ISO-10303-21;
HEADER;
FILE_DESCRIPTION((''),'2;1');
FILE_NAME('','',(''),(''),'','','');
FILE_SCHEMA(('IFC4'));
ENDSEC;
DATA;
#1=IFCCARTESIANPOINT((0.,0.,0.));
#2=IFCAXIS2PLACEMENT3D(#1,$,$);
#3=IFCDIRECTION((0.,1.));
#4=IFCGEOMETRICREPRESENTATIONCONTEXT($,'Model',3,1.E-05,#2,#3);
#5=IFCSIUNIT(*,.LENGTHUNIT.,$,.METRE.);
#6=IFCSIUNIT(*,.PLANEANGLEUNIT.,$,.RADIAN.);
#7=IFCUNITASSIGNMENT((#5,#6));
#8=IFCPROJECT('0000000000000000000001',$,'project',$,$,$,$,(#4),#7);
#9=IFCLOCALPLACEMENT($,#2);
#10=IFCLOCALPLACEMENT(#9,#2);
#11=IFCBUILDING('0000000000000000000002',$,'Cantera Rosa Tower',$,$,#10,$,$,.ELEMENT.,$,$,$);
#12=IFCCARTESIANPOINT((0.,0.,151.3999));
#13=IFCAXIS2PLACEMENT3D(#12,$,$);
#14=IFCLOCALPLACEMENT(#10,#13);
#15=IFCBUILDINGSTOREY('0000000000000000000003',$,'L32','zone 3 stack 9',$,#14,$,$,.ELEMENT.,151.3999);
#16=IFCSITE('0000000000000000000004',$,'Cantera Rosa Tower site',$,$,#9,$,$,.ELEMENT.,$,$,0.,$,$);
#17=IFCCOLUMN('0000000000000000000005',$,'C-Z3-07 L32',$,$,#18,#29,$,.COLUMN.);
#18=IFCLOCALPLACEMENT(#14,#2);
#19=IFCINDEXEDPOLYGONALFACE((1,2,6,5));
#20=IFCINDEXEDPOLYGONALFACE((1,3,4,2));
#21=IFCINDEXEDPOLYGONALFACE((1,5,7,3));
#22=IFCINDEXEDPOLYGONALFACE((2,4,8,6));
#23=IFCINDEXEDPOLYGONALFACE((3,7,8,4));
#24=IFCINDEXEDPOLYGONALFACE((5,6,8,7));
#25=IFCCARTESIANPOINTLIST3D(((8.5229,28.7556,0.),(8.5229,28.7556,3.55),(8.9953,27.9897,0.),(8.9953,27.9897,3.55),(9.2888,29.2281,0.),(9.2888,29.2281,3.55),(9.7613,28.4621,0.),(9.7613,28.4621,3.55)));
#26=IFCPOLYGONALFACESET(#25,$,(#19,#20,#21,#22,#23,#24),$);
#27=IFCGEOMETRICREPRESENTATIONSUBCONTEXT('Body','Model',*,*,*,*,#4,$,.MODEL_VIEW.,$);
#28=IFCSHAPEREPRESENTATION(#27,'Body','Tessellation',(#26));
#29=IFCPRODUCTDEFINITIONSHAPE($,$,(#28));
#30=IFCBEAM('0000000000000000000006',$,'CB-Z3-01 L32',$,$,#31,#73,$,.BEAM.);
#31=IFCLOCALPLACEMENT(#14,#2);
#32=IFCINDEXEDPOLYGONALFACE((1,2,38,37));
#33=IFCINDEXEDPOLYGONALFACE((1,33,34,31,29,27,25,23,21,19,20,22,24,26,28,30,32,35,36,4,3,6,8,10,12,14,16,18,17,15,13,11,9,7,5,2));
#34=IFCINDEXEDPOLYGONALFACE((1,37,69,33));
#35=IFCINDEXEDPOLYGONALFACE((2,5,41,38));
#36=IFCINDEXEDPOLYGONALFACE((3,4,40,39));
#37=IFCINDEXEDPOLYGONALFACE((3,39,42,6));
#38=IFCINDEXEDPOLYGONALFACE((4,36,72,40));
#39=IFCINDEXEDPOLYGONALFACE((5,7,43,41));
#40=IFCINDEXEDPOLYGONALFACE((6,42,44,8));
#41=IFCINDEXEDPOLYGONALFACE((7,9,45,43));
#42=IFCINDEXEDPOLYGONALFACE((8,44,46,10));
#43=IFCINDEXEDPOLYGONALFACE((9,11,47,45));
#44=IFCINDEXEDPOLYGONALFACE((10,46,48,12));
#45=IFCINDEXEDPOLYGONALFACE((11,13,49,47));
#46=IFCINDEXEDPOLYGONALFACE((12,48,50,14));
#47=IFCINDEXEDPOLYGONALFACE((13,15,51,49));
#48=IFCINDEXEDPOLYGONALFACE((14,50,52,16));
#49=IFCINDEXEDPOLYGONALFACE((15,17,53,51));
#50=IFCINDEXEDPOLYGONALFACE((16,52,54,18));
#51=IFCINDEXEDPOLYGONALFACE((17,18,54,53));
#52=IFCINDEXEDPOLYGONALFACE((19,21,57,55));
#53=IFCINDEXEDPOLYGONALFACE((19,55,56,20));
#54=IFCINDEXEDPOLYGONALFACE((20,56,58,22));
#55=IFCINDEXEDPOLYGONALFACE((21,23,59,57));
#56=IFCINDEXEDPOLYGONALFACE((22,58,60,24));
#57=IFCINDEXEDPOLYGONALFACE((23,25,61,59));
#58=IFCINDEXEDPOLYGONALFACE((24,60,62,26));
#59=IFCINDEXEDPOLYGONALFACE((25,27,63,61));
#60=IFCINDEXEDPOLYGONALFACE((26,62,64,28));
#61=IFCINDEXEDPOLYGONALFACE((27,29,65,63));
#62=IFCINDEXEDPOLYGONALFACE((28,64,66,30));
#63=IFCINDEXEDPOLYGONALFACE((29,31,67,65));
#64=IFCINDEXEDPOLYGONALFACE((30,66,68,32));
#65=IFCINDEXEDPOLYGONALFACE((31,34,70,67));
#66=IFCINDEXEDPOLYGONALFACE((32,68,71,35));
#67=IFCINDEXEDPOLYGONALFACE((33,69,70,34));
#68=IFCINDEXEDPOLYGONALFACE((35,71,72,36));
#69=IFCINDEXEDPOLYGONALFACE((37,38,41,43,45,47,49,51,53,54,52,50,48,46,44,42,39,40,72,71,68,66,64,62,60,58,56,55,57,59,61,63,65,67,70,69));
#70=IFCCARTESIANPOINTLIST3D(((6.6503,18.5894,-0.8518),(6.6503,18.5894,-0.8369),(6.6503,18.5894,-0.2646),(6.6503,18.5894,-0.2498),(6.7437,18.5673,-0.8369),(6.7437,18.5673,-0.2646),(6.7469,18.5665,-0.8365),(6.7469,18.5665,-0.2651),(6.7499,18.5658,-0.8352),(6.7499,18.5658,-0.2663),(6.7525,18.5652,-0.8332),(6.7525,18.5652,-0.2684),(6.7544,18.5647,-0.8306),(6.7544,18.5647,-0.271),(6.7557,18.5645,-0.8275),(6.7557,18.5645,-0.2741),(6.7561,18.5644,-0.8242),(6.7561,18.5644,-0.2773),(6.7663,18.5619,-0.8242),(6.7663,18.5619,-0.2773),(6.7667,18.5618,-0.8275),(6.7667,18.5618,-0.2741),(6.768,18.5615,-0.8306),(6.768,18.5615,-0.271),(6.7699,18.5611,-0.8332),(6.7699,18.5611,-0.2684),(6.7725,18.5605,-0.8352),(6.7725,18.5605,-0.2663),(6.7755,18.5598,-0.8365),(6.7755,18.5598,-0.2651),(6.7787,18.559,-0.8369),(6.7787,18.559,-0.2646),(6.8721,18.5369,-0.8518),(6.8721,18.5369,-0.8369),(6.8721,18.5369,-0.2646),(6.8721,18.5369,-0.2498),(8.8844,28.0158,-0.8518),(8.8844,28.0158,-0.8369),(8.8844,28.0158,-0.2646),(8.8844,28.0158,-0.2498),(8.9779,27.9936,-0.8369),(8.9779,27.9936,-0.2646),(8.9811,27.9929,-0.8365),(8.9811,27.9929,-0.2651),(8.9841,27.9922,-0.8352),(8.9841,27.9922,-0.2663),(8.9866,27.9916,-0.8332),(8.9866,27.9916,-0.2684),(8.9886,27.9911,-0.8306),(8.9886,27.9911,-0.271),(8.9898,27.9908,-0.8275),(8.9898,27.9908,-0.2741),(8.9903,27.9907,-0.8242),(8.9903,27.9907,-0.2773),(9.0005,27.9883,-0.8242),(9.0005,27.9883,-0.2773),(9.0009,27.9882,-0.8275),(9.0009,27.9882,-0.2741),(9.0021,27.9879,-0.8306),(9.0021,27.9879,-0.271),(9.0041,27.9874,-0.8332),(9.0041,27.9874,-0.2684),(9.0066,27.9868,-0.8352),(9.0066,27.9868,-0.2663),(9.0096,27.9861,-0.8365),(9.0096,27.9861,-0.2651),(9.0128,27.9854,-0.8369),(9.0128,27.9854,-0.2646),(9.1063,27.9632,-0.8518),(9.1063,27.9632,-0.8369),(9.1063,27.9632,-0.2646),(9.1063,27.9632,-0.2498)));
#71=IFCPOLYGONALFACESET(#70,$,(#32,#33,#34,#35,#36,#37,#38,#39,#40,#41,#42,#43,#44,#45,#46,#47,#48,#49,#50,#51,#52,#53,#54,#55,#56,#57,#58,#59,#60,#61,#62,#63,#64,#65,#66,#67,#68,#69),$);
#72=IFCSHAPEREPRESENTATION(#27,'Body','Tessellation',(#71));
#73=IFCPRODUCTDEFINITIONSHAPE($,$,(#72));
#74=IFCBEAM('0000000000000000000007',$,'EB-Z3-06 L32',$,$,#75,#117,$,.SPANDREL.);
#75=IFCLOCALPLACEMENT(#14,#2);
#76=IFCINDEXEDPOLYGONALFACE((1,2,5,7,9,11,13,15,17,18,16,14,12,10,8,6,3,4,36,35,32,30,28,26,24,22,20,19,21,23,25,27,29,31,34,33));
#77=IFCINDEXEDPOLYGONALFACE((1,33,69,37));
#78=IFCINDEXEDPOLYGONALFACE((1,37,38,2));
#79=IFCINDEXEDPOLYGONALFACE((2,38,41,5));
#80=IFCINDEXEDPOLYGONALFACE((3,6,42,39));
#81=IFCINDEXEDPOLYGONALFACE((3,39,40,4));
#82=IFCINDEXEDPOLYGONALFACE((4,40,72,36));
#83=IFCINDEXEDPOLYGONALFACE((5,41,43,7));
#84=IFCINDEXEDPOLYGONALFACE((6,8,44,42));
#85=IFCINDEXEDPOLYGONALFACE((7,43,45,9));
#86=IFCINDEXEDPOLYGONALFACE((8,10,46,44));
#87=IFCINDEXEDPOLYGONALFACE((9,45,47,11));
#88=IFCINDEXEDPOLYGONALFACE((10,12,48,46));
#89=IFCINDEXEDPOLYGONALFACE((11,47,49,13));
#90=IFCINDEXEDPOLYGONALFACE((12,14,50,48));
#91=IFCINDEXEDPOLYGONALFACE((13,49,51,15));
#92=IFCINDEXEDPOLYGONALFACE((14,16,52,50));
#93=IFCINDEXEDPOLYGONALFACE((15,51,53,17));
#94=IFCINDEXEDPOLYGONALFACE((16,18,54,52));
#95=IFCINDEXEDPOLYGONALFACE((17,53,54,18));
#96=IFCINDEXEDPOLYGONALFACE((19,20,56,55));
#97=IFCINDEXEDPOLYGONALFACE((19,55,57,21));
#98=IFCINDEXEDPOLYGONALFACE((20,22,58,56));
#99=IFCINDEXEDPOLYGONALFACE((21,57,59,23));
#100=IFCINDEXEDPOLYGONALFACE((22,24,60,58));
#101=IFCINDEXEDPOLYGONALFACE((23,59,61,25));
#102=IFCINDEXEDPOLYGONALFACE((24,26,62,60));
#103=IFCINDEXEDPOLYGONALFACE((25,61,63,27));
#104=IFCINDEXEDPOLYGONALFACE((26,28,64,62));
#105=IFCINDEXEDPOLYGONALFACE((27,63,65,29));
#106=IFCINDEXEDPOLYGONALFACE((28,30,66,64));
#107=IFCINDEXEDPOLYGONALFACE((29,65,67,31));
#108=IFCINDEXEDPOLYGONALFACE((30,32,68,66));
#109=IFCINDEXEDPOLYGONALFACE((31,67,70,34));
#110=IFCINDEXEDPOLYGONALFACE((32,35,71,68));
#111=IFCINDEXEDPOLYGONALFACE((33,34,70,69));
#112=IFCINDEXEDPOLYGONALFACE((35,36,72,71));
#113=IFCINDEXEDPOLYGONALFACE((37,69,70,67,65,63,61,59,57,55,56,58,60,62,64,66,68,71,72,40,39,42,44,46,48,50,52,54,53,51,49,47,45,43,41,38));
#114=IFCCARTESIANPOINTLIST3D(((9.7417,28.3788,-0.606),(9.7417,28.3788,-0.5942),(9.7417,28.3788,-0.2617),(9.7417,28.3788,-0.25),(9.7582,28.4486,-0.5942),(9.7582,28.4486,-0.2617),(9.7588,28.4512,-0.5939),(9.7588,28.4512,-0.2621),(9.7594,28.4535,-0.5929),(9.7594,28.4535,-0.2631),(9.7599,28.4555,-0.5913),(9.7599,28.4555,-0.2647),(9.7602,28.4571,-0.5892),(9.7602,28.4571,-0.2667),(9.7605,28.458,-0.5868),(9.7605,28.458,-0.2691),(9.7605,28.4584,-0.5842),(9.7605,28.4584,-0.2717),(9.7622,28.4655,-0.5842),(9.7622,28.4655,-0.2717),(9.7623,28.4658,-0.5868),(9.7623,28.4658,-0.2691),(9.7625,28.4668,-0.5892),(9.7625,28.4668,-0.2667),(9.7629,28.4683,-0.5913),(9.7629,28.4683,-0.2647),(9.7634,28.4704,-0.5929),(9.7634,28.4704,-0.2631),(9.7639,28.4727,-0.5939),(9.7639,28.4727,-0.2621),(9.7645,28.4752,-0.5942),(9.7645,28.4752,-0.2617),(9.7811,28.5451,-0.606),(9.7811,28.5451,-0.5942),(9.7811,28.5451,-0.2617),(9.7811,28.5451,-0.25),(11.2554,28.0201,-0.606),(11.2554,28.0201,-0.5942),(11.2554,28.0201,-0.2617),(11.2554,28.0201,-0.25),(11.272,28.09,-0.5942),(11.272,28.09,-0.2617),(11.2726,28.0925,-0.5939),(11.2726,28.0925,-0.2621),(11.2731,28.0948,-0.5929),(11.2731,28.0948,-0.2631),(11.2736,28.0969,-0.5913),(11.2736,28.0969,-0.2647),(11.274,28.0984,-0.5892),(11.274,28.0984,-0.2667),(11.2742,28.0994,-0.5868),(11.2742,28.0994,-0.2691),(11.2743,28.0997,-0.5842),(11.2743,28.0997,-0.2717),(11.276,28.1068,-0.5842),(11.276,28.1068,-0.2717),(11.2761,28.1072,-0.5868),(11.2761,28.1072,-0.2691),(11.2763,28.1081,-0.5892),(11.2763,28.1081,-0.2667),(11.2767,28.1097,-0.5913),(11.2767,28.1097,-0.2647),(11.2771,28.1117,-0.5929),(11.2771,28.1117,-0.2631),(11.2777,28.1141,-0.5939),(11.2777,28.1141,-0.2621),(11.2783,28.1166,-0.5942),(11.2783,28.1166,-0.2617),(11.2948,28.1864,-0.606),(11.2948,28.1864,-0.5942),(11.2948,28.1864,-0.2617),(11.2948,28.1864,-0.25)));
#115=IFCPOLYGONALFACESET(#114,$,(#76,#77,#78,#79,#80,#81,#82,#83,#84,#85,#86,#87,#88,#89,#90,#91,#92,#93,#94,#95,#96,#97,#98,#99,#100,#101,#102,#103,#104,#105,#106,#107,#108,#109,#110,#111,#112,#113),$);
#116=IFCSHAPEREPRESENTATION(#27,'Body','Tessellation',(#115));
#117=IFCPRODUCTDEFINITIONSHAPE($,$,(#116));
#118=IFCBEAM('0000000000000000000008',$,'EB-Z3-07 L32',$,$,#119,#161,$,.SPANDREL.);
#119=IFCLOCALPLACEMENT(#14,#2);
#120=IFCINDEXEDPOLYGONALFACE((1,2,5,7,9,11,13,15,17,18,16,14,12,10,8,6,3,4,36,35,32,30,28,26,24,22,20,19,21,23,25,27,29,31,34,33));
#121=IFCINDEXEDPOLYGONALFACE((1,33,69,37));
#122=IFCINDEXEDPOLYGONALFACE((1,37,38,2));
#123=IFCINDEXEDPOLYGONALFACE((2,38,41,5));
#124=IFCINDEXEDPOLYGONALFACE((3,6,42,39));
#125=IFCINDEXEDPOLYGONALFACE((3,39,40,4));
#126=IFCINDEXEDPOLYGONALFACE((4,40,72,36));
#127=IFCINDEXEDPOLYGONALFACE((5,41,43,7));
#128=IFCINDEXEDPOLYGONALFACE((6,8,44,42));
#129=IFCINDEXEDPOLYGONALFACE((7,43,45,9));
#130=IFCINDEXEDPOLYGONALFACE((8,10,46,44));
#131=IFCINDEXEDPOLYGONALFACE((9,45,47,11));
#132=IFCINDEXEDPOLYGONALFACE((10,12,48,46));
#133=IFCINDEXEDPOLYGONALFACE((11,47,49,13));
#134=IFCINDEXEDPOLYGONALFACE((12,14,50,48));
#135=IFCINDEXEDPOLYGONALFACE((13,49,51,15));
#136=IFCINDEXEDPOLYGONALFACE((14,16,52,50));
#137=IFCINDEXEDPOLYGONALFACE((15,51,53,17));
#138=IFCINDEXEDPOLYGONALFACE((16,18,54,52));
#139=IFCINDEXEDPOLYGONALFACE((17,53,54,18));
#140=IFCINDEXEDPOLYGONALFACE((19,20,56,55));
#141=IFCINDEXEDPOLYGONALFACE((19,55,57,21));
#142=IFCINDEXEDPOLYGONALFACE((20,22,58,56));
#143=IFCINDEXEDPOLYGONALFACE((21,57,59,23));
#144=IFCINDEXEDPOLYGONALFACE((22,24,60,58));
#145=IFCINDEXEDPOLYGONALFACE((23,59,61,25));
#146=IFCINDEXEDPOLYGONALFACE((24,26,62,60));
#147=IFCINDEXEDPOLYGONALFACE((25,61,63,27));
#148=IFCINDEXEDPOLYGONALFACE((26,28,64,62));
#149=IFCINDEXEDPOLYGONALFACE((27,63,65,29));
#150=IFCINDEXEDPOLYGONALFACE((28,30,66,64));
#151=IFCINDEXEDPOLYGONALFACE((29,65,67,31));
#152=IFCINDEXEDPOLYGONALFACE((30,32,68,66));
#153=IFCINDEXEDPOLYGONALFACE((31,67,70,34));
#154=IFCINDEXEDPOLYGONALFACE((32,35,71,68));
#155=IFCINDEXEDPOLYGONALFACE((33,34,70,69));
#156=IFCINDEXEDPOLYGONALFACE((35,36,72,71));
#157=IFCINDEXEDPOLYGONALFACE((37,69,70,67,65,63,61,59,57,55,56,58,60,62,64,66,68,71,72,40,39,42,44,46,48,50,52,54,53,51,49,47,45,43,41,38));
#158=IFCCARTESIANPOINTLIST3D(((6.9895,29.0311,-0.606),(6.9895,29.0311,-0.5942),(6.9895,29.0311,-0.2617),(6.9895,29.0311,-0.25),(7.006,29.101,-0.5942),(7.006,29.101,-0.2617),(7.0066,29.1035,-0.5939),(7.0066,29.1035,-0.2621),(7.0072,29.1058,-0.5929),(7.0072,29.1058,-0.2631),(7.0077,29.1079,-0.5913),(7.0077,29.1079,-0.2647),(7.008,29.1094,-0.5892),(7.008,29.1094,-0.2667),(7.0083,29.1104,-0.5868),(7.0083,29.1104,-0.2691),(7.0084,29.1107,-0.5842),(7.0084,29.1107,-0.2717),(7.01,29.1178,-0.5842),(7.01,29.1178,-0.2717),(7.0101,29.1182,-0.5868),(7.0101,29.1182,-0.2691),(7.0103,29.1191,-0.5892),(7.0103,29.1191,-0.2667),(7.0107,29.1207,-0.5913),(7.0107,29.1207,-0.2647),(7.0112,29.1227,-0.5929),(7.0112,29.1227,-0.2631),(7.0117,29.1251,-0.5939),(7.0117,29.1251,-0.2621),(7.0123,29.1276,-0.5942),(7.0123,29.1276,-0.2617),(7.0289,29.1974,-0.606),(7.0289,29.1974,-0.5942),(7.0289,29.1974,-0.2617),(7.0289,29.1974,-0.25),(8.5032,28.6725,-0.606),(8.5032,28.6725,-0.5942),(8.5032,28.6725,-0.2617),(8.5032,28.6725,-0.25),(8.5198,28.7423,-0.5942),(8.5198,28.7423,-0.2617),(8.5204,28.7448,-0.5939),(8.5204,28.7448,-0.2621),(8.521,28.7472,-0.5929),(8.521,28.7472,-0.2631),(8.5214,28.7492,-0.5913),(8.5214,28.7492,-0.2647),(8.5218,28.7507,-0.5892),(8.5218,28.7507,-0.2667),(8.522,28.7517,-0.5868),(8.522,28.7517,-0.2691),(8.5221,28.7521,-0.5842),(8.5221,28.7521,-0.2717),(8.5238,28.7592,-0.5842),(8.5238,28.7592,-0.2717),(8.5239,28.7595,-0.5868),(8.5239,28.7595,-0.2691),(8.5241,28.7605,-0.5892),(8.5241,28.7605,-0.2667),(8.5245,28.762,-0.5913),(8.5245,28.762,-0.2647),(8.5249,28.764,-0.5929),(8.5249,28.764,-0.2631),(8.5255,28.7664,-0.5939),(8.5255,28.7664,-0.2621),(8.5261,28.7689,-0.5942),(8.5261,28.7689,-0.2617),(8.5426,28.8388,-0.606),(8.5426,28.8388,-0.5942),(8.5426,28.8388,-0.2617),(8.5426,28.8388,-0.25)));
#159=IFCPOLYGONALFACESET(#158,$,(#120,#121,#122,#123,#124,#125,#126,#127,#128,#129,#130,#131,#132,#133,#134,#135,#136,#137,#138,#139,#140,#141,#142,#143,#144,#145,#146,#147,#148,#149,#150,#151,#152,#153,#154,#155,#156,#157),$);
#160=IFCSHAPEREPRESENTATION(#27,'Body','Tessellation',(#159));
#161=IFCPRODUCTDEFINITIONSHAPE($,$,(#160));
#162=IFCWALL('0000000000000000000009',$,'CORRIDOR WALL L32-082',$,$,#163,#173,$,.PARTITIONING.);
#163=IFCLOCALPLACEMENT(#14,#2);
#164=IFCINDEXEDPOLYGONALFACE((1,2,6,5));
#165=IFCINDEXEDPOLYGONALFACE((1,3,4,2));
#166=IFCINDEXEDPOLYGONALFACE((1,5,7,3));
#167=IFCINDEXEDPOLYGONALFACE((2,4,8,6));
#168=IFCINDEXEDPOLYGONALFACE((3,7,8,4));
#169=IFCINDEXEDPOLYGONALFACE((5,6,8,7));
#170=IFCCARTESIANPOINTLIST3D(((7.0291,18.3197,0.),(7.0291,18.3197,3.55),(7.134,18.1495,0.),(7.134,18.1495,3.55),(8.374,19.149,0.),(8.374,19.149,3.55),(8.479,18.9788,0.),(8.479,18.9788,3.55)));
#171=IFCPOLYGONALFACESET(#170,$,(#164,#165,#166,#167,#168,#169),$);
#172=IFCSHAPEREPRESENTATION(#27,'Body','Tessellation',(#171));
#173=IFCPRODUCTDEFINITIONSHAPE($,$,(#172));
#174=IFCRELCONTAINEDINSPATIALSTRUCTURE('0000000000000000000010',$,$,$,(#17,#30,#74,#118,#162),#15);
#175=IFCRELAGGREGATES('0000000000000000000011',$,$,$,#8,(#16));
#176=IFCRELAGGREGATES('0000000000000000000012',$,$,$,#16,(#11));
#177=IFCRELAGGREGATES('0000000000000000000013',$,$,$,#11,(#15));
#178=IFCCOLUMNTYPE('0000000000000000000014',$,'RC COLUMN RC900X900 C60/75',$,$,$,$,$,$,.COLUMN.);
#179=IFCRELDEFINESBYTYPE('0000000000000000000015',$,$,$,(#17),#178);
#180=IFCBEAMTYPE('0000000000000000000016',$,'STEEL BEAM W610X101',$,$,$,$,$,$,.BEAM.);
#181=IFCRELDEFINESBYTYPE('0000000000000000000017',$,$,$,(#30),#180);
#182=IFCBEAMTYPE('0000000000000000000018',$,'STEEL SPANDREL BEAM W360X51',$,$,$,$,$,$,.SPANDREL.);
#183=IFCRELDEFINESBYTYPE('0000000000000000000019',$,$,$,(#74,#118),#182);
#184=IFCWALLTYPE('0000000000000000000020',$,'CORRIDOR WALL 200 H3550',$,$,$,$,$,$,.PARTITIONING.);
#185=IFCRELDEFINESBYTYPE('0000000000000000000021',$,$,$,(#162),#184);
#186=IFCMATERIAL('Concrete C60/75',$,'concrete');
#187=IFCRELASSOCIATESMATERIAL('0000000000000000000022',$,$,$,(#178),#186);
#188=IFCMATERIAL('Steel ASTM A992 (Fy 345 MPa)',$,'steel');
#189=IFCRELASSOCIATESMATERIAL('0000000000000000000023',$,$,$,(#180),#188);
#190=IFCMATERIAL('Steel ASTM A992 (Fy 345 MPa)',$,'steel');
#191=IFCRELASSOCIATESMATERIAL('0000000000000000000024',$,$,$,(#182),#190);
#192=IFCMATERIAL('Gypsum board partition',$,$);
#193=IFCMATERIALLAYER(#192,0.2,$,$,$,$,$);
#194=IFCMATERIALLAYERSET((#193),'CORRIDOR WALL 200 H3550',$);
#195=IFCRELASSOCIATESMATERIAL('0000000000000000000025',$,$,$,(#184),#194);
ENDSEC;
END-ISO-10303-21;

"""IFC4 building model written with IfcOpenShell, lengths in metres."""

from ifc_helpers import new_model, si_unit, direction, frame, frame_2d, origin, origin_2d, place, context, subcontext, project, spatial, rectangle, i_section, extrude, material, layer, layer_set, material_profile, profile_set, type_object, element, save


model = new_model("IFC4")

# Units and contexts
model_context = context("Model", 3, precision=1e-05, world=origin(), true_north=direction((0.0, 1.0)))
body_context = subcontext(model_context, "Body", "Model", "MODEL_VIEW")
ifc_project = project(units=[si_unit("LENGTHUNIT", "METRE"), si_unit("PLANEANGLEUNIT", "RADIAN")], contexts=[model_context])

# Site, building, storey
site_placement = place(None, origin())
site = spatial("IfcSite", under=ifc_project, at=site_placement, Name="Cantera Rosa Tower site", CompositionType="ELEMENT", RefElevation=0.0)
building_placement = place(site_placement, origin())
building = spatial("IfcBuilding", under=site, at=building_placement, Name="Cantera Rosa Tower", CompositionType="ELEMENT")
storey_placement = place(building_placement, frame((0.0, 0.0, 151.3999)))
storey = spatial("IfcBuildingStorey", under=building, at=storey_placement, Name="L32", Description="zone 3 stack 9", CompositionType="ELEMENT", Elevation=151.3999)

# Column
ifc_material_1 = material(Name="Concrete C60/75", Category="concrete")
ifc_material_profile_1 = material_profile(ifc_material_1, rectangle(XDim=0.8999, YDim=0.8999, at=origin_2d()), Name="RC COLUMN RC900X900 C60/75")
ifc_profile_set_1 = profile_set([ifc_material_profile_1], Name="Concrete C60/75")
column_type = type_object("IfcColumnType", Name="RC COLUMN RC900X900 C60/75", PredefinedType="COLUMN", material=ifc_profile_set_1)
column_placement = place(storey_placement, frame((9.1421, 28.6089, 0.0), z_axis=(0.0, 0.0, 1.0), x_axis=(0.851117, 0.524977, 0.0)))
element("IfcColumn", 1, at=column_placement, inside=storey, type_object=column_type, Name="C-Z3-07 L32", PredefinedType="COLUMN", context=body_context, shape_type="SweptSolid", body=[
    extrude(rectangle(XDim=0.8999, YDim=0.8999, at=origin_2d()), origin(), (0.0, 0.0, 1.0), 3.55),
])

# Beams
ifc_material_2 = material(Name="Steel ASTM A992 (Fy 345 MPa)", Category="steel")
ifc_material_profile_2 = material_profile(ifc_material_2, i_section(OverallWidth=0.228, OverallDepth=0.6021, WebThickness=0.0105, FlangeThickness=0.0149, FilletRadius=0.0127, at=origin_2d()), Name="W610X101")
ifc_profile_set_2 = profile_set([ifc_material_profile_2], Name="Steel ASTM A992 (Fy 345 MPa)")
beam_type_1 = type_object("IfcBeamType", Name="STEEL BEAM W610X101", PredefinedType="BEAM", material=ifc_profile_set_2)
beam_placement = place(storey_placement, frame((8.9954, 27.9895, -0.5508), z_axis=(-0.230622, -0.973043, 0.0), x_axis=(0.973043, -0.230622, 0.0)))
element("IfcBeam", 2, at=beam_placement, inside=storey, type_object=beam_type_1, Name="CB-Z3-01 L32", PredefinedType="BEAM", context=body_context, shape_type="SweptSolid", body=[
    extrude(i_section(OverallWidth=0.228, OverallDepth=0.6021, WebThickness=0.0105, FlangeThickness=0.0149, FilletRadius=0.0127, at=origin_2d()), origin(), (0.0, 0.0, 1.0), 9.6875),
])
ifc_material_3 = material(Name="Steel ASTM A992 (Fy 345 MPa)", Category="steel")
ifc_material_profile_3 = material_profile(ifc_material_3, i_section(OverallWidth=0.1709, OverallDepth=0.356, WebThickness=0.0073, FlangeThickness=0.0117, FilletRadius=0.01, at=origin_2d()), Name="W360X51")
ifc_profile_set_3 = profile_set([ifc_material_profile_3], Name="Steel ASTM A992 (Fy 345 MPa)")
beam_type_2 = type_object("IfcBeamType", Name="STEEL SPANDREL BEAM W360X51", PredefinedType="SPANDREL", material=ifc_profile_set_3)
for number, where, z_axis, x_axis, name in (
    (3, (11.2751, 28.1033, -0.428), (-0.97306, 0.230552, 0.0), (-0.230552, -0.97306, 0.0), "EB-Z3-06 L32"),
    (4, (8.5229, 28.7556, -0.428), (-0.97306, 0.230552, 0.0), (-0.230552, -0.97306, 0.0), "EB-Z3-07 L32"),
):
    element("IfcBeam", number, at=place(storey_placement, frame(where, z_axis=z_axis, x_axis=x_axis)), inside=storey, type_object=beam_type_2, Name=name, PredefinedType="SPANDREL", context=body_context, shape_type="SweptSolid", body=[
        extrude(i_section(OverallWidth=0.1709, OverallDepth=0.356, WebThickness=0.0073, FlangeThickness=0.0117, FilletRadius=0.01, at=origin_2d()), origin(), (0.0, 0.0, 1.0), 1.5557),
    ])

# Wall
ifc_material_4 = material(Name="Gypsum board partition")
ifc_layer_1 = layer(ifc_material_4, 0.2)
ifc_layer_set_1 = layer_set([ifc_layer_1], Name="CORRIDOR WALL 200 H3550")
wall_type_1 = type_object("IfcWallType", Name="CORRIDOR WALL 200 H3550", PredefinedType="PARTITIONING", material=ifc_layer_set_1)
wall_1_placement = place(storey_placement, frame((7.0815, 18.2346, 0.0), z_axis=(0.0, 0.0, 1.0), x_axis=(0.851186, 0.524864, 0.0)))
element("IfcWall", 5, at=wall_1_placement, inside=storey, type_object=wall_type_1, Name="CORRIDOR WALL L32-082", PredefinedType="PARTITIONING", context=body_context, shape_type="SweptSolid", body=[
    extrude(rectangle(XDim=1.5801, YDim=0.2, at=frame_2d((0.79, 0.0))), origin(), (0.0, 0.0, 1.0), 3.55),
])

save(model, "model.ifc")
